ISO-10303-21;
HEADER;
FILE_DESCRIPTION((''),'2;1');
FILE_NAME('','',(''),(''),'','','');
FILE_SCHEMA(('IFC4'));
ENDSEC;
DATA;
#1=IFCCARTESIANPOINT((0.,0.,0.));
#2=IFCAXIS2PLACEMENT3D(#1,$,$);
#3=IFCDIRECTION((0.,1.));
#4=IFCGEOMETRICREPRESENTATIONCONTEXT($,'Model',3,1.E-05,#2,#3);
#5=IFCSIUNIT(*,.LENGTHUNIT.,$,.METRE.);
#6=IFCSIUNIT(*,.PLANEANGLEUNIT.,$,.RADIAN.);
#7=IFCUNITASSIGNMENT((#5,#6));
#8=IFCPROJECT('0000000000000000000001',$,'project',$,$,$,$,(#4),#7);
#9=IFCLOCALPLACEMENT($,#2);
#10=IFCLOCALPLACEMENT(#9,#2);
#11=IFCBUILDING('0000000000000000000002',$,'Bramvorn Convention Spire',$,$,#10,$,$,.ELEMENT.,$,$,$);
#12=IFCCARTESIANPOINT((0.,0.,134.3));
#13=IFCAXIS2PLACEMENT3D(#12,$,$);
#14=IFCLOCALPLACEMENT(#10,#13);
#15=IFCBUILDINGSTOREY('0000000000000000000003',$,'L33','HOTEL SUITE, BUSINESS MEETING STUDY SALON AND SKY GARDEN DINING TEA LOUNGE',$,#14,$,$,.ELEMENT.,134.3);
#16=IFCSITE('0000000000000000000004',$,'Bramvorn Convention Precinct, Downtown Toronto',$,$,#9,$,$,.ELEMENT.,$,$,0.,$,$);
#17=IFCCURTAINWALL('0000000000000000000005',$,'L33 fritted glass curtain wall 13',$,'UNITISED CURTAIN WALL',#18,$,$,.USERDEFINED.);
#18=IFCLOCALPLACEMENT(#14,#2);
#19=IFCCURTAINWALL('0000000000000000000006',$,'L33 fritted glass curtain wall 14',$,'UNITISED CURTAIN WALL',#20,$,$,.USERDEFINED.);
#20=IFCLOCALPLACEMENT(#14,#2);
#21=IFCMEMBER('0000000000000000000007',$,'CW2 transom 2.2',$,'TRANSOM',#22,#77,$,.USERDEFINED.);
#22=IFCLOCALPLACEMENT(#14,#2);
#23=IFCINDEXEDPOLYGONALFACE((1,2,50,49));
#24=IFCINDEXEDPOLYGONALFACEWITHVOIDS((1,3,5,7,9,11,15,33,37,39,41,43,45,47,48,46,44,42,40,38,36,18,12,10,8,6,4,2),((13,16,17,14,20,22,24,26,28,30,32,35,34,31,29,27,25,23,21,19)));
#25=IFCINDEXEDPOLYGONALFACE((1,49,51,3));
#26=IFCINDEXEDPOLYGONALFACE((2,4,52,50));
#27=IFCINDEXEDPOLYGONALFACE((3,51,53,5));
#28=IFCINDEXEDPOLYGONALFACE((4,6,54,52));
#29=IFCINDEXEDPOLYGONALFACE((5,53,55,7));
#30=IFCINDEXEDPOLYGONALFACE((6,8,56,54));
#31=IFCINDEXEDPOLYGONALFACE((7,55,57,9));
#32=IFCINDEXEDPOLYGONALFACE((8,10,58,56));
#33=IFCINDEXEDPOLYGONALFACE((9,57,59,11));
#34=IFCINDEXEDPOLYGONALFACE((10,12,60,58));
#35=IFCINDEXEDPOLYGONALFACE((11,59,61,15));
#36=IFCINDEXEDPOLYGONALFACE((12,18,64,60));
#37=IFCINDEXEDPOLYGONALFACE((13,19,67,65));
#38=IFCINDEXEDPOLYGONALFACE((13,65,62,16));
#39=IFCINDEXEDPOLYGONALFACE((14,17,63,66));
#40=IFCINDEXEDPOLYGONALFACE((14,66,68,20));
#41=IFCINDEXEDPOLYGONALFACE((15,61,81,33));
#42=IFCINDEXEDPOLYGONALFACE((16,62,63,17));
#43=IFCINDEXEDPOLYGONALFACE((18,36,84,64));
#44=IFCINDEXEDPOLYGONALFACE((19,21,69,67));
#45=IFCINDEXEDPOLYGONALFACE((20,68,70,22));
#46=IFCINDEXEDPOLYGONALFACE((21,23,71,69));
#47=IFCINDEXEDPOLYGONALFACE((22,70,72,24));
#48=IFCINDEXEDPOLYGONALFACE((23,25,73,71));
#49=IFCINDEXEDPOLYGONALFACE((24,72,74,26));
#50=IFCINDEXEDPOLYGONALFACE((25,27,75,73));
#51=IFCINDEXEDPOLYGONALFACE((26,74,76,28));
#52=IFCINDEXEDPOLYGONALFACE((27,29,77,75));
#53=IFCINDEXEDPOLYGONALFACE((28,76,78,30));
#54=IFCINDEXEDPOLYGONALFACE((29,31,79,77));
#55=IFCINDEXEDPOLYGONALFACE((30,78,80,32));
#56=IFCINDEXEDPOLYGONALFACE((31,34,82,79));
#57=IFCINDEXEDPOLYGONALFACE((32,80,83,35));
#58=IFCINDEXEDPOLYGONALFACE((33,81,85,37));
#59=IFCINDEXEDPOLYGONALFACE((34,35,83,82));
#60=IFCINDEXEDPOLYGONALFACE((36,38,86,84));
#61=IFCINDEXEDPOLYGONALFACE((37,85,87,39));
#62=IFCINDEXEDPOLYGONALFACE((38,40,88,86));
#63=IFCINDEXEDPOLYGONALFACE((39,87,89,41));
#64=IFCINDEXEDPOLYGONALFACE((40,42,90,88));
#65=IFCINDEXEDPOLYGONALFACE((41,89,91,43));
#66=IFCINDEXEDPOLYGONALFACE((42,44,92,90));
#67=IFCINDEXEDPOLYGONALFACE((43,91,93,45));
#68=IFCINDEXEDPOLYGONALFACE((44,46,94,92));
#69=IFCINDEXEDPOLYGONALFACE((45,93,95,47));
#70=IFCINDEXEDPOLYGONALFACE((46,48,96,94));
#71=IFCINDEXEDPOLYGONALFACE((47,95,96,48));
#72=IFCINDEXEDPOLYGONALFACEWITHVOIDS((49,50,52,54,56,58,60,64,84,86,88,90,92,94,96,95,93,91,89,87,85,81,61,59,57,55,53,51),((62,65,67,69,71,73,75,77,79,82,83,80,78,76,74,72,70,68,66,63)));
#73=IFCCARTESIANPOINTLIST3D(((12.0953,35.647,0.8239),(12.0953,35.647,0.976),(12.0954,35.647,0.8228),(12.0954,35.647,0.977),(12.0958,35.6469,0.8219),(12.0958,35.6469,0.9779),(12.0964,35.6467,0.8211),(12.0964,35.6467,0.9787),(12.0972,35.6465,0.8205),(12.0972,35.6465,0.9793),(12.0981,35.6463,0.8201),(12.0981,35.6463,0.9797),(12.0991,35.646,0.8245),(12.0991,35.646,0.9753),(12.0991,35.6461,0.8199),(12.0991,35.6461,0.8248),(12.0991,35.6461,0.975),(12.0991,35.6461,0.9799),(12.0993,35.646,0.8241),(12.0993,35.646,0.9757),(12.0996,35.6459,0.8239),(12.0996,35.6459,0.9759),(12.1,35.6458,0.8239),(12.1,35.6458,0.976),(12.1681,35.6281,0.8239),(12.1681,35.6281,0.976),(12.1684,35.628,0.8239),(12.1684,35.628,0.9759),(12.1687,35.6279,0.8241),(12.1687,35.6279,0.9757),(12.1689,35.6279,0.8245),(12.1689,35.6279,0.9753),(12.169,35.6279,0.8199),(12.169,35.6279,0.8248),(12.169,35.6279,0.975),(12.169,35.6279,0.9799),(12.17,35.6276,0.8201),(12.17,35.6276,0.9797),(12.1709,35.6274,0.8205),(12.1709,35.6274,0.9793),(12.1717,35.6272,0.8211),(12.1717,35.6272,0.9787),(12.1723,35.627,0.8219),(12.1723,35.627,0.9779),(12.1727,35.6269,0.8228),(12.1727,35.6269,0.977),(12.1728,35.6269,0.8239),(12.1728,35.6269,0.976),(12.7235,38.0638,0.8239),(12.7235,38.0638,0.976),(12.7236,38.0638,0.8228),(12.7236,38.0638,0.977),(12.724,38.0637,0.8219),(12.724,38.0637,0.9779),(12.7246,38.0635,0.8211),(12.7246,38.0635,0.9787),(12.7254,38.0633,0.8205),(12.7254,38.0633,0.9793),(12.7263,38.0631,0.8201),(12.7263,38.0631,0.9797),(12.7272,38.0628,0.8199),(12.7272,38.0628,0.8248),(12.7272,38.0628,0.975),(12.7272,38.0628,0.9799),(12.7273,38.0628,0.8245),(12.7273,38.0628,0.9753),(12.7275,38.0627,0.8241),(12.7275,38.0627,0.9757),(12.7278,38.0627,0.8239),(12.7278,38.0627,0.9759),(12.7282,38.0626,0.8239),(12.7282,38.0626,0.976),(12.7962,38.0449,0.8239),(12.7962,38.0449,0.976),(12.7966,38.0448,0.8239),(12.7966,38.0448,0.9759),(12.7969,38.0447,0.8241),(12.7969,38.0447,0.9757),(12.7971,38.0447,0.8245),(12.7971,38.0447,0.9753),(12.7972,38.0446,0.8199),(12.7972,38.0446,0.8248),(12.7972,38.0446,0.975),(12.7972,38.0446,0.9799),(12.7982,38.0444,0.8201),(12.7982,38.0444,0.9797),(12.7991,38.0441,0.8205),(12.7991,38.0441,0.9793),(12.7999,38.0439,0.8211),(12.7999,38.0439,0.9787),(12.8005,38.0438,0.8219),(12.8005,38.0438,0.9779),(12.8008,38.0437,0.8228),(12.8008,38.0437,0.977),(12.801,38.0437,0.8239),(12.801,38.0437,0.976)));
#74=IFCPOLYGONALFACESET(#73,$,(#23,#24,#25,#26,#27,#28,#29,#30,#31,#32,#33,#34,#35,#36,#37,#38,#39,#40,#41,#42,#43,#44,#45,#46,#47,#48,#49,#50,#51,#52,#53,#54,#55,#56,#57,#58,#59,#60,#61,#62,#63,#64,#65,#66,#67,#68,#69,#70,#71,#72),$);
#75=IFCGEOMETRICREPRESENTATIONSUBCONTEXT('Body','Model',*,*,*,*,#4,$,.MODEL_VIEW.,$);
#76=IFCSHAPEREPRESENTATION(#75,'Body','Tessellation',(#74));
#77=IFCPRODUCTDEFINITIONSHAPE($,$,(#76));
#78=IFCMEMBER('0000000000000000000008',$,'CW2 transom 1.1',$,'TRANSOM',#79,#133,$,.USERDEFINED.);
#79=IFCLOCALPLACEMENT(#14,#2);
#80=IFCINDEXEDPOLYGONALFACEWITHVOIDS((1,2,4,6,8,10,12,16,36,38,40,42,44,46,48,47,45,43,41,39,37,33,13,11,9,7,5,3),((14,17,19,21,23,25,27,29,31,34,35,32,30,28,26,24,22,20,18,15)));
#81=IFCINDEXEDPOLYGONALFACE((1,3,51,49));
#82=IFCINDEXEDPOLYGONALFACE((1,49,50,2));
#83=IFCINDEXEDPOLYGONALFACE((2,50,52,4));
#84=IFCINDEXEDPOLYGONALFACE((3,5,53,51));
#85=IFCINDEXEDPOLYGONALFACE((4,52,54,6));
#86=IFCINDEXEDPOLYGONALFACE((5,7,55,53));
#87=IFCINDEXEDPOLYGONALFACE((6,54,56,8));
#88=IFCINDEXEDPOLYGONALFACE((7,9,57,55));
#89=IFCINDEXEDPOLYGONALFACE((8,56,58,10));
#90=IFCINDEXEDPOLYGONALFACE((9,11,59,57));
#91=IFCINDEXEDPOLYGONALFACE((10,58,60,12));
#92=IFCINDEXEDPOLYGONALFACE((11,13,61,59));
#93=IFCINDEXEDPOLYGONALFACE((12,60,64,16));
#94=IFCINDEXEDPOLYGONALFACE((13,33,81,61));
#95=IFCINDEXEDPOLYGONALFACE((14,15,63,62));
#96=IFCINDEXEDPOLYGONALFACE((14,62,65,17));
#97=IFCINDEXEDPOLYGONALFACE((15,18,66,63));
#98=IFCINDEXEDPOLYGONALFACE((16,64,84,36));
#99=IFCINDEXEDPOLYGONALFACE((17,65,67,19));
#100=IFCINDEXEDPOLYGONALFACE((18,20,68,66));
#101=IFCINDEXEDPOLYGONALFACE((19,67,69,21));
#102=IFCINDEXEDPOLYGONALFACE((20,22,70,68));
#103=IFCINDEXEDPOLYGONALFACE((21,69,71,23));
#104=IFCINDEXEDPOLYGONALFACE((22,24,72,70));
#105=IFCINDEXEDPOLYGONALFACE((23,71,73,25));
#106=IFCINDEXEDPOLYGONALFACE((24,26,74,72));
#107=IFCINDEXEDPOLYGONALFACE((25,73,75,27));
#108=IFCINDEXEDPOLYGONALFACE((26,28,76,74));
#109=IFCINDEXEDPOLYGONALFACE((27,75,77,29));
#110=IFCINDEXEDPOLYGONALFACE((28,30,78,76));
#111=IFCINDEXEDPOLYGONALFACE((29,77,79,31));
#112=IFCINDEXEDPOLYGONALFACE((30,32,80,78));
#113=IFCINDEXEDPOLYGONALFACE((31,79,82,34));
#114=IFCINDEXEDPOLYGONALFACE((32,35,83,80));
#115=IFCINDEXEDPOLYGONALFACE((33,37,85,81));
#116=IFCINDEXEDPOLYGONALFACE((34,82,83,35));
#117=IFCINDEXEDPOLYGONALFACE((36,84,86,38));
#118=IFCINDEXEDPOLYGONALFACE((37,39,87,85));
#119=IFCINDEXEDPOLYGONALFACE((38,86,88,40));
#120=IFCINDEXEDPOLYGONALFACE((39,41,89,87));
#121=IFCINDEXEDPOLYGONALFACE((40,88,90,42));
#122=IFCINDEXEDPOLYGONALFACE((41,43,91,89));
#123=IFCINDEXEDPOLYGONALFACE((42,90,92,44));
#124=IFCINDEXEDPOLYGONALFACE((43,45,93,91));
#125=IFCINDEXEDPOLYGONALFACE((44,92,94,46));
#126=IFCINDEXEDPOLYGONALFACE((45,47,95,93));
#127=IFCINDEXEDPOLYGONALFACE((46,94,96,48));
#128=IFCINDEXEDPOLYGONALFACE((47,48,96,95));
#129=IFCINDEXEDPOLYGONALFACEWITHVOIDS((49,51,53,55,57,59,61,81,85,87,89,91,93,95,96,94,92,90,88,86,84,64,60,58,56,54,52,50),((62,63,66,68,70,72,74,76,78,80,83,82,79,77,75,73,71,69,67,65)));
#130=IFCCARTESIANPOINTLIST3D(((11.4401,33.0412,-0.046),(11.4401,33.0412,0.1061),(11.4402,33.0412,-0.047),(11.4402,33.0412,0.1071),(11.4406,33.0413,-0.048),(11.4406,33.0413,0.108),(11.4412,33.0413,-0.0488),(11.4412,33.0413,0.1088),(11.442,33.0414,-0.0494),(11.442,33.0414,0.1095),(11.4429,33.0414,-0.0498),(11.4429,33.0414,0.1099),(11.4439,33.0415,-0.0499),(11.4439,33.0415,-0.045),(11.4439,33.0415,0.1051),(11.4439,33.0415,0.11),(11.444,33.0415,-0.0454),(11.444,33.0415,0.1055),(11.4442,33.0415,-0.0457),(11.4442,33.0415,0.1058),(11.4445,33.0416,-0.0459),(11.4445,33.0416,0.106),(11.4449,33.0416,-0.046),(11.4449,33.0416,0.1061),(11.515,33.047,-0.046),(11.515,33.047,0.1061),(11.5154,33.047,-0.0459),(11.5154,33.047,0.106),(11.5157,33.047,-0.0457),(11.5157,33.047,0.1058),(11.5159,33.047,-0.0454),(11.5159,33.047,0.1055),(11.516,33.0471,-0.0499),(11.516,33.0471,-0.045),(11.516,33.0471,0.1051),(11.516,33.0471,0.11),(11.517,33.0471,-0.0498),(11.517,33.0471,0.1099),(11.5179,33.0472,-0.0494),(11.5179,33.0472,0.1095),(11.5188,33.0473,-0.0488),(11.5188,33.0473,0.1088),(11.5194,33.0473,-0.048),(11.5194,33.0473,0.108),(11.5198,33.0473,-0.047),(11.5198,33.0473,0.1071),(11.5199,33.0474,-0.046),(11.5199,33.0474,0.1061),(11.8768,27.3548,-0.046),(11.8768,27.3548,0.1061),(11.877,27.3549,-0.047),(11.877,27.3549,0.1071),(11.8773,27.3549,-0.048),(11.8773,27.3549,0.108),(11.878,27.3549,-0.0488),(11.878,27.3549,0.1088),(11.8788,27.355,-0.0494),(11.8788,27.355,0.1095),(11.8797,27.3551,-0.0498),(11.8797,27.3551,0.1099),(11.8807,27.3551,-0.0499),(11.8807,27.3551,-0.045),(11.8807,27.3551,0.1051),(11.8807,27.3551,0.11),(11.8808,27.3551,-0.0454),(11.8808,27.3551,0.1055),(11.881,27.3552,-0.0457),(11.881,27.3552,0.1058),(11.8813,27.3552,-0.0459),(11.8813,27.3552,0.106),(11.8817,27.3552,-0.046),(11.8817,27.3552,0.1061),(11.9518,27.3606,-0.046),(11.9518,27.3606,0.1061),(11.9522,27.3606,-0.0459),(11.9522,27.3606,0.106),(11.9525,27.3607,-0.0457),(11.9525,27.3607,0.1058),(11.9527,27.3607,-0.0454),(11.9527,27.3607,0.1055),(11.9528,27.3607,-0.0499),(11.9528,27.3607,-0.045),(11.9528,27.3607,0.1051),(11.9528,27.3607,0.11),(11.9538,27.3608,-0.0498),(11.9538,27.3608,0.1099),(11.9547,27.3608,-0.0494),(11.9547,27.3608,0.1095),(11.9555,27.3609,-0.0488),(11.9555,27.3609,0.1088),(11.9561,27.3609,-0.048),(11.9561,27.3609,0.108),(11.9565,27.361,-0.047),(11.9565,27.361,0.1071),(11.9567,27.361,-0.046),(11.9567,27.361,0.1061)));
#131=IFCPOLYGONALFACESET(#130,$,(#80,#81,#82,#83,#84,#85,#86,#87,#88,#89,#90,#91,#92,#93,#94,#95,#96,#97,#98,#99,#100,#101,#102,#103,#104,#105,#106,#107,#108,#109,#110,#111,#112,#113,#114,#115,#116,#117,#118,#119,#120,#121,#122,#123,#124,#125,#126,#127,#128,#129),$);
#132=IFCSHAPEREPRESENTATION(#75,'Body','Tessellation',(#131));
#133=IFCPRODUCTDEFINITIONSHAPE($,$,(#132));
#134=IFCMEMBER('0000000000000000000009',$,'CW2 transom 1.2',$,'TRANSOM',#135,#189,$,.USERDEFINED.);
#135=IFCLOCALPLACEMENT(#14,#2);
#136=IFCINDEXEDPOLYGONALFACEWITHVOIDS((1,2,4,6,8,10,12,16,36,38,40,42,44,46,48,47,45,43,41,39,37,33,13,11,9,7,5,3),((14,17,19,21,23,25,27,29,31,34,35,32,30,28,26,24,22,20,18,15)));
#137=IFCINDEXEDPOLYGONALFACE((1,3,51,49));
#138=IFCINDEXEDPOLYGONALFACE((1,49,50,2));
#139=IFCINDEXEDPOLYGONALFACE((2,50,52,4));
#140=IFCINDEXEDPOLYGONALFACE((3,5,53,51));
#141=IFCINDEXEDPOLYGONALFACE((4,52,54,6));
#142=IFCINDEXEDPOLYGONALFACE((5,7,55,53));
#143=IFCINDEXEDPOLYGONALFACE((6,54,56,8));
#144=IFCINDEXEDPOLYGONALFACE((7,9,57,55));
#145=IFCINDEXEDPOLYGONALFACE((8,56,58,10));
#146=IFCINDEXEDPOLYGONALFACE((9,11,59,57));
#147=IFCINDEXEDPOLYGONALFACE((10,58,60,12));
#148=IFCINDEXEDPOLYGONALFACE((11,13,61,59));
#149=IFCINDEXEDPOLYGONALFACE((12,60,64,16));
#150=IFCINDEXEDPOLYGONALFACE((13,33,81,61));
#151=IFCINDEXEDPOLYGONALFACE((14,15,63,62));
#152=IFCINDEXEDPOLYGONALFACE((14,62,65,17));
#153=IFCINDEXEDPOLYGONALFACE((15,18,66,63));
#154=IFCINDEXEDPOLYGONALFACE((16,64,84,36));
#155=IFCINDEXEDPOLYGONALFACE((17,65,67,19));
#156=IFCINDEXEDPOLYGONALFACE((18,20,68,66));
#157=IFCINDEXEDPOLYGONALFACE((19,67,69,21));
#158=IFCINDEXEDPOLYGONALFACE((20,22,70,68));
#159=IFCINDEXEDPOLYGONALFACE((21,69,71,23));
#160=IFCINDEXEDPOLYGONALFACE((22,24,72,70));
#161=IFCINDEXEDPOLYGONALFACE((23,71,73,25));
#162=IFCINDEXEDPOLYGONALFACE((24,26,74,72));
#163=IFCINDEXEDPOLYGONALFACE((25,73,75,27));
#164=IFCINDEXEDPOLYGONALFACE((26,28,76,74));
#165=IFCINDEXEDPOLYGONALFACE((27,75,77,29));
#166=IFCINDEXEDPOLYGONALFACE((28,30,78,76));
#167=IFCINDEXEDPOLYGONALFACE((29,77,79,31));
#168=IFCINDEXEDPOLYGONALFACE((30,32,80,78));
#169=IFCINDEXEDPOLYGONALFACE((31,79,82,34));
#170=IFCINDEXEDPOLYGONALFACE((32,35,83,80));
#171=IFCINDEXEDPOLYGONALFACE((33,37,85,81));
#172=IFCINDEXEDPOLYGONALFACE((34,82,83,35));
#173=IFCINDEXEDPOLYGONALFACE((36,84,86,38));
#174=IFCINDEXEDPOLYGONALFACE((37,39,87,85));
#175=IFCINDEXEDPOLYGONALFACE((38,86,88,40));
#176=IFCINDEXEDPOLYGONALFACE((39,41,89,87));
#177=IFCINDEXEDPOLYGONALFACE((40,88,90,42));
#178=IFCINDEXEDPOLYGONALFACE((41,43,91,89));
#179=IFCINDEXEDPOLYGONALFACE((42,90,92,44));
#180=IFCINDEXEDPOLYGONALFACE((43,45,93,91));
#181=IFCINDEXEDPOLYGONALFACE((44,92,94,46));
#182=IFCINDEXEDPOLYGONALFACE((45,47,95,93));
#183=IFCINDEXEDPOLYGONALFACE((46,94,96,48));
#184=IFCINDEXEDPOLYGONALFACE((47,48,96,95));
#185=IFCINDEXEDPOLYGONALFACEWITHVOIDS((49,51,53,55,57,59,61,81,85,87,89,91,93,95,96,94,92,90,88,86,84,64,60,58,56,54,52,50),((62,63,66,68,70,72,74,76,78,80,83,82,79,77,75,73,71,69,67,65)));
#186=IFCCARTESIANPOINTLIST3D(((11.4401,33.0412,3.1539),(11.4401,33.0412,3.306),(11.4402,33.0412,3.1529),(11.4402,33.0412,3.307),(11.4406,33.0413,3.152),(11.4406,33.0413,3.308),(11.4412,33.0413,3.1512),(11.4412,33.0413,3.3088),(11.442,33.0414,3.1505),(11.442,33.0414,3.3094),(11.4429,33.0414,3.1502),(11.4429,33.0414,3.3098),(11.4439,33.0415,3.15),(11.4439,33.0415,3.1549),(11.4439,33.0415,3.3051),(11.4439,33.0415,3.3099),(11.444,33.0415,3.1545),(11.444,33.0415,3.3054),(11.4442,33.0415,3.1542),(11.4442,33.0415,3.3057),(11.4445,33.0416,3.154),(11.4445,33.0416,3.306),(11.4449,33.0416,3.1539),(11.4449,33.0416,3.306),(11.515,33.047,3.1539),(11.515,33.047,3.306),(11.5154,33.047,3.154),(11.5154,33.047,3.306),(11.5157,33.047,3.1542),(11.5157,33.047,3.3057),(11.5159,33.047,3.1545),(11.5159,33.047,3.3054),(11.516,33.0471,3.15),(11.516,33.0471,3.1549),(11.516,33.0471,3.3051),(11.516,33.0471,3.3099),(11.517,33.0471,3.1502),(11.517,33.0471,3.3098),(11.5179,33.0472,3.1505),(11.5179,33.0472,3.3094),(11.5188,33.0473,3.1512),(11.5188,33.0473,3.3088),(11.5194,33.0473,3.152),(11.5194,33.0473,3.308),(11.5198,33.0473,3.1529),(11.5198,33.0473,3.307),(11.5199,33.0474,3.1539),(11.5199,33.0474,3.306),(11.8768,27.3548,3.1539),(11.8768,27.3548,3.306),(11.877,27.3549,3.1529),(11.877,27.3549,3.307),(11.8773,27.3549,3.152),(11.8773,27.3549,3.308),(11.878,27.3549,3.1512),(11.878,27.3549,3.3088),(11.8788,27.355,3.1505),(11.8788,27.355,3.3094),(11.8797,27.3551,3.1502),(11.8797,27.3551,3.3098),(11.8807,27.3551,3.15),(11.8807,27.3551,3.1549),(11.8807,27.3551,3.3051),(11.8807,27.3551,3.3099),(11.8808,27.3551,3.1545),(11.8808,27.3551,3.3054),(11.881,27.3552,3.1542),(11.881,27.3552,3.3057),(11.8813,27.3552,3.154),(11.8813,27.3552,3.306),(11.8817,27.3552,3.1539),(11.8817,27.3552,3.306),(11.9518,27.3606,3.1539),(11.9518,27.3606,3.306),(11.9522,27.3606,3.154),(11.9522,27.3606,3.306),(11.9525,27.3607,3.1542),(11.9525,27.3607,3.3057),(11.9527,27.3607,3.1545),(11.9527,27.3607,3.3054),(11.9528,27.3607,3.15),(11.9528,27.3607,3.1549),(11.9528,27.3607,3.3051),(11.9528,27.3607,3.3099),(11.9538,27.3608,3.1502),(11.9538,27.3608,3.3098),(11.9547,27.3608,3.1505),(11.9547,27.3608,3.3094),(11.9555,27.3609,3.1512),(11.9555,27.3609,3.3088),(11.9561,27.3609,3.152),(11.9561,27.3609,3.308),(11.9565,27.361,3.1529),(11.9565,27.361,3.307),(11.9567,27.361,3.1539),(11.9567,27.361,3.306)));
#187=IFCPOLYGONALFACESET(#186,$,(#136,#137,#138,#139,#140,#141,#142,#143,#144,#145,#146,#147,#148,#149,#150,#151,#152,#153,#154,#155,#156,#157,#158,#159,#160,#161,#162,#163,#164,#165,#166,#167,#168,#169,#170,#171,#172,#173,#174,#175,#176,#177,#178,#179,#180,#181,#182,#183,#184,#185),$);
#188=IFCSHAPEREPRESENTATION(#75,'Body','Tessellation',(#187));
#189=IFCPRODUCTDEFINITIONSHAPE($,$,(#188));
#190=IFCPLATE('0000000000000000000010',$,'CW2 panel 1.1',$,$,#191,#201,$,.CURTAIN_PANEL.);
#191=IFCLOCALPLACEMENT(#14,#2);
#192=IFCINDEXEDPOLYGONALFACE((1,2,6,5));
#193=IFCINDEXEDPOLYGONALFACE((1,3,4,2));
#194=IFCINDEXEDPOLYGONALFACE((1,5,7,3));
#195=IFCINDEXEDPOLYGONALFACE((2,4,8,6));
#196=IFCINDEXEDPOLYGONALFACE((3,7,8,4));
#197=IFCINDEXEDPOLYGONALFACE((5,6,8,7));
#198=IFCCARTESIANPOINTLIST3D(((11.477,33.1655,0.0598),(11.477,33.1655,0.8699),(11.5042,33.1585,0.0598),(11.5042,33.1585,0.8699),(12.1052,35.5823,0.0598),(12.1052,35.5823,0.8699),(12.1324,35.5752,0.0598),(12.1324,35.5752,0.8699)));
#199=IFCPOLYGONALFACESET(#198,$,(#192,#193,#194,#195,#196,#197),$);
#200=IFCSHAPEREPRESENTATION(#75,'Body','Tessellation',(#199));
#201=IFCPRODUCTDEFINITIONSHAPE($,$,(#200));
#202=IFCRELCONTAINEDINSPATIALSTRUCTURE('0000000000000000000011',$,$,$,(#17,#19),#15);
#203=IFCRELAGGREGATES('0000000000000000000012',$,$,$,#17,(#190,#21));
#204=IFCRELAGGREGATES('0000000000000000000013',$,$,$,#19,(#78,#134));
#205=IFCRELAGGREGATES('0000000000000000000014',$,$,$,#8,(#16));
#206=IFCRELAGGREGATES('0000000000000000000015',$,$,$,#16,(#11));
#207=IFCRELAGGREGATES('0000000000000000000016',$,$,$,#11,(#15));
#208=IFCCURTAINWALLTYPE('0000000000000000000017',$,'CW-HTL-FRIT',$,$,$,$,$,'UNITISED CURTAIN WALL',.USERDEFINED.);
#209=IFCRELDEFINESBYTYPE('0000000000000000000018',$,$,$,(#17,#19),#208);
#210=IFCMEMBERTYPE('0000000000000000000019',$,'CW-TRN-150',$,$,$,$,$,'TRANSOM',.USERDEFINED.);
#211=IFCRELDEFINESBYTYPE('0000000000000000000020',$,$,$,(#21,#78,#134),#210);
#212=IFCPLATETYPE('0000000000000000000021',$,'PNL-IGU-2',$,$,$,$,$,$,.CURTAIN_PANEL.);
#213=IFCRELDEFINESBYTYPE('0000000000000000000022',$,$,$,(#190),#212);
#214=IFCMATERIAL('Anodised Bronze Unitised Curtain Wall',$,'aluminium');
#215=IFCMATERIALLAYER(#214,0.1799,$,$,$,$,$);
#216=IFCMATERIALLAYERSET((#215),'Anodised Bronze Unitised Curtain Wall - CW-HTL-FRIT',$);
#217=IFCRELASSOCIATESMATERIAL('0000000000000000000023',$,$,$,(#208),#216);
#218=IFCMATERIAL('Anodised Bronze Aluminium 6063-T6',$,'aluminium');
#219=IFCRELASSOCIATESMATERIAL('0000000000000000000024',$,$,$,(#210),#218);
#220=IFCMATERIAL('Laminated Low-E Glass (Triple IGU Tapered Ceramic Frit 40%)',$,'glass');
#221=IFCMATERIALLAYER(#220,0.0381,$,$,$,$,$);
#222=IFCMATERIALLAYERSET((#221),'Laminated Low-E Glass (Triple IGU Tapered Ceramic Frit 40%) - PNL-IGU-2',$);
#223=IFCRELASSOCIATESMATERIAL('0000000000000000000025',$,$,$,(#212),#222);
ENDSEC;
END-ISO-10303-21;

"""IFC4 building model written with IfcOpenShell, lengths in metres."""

from ifc_helpers import new_model, si_unit, direction, frame, origin, origin_2d, place, context, subcontext, project, spatial, rectangle, hollow_rectangle, extrude, material, layer, layer_set, material_profile, profile_set, type_object, element, aggregate, save


model = new_model("IFC4")

# Units and contexts
model_context = context("Model", 3, precision=1e-05, world=origin(), true_north=direction((0.0, 1.0)))
body_context = subcontext(model_context, "Body", "Model", "MODEL_VIEW")
ifc_project = project(units=[si_unit("LENGTHUNIT", "METRE"), si_unit("PLANEANGLEUNIT", "RADIAN")], contexts=[model_context])

# Site, building, storey
site_placement = place(None, origin())
site = spatial("IfcSite", under=ifc_project, at=site_placement, Name="Bramvorn Convention Precinct, Downtown Toronto", CompositionType="ELEMENT", RefElevation=0.0)
building_placement = place(site_placement, origin())
building = spatial("IfcBuilding", under=site, at=building_placement, Name="Bramvorn Convention Spire", CompositionType="ELEMENT")
storey_placement = place(building_placement, frame((0.0, 0.0, 134.3)))
storey = spatial("IfcBuildingStorey", under=building, at=storey_placement, Name="L33", Description="HOTEL SUITE, BUSINESS MEETING STUDY SALON AND SKY GARDEN DINING TEA LOUNGE", CompositionType="ELEMENT", Elevation=134.3)

# Curtain walls
ifc_material_1 = material(Name="Anodised Bronze Unitised Curtain Wall", Category="aluminium")
ifc_layer_1 = layer(ifc_material_1, 0.1799)
ifc_layer_set_1 = layer_set([ifc_layer_1], Name="Anodised Bronze Unitised Curtain Wall - CW-HTL-FRIT")
curtain_wall_type = type_object("IfcCurtainWallType", Name="CW-HTL-FRIT", ElementType="UNITISED CURTAIN WALL", PredefinedType="USERDEFINED", material=ifc_layer_set_1)
curtain_wall_1_placement = place(storey_placement, origin())
curtain_wall_1 = element("IfcCurtainWall", 1, at=curtain_wall_1_placement, inside=storey, type_object=curtain_wall_type, Name="L33 fritted glass curtain wall 13", ObjectType="UNITISED CURTAIN WALL", PredefinedType="USERDEFINED")
ifc_material_2 = material(Name="Anodised Bronze Aluminium 6063-T6", Category="aluminium")
curtain_wall_2_placement = place(storey_placement, origin())
curtain_wall_2 = element("IfcCurtainWall", 2, at=curtain_wall_2_placement, inside=storey, type_object=curtain_wall_type, Name="L33 fritted glass curtain wall 14", ObjectType="UNITISED CURTAIN WALL", PredefinedType="USERDEFINED")

# Members
ifc_material_profile_1 = material_profile(ifc_material_2, hollow_rectangle(XDim=0.0801, YDim=0.1599, WallThickness=0.0039, InnerFilletRadius=0.001, OuterFilletRadius=0.0039, at=origin_2d()))
ifc_profile_set_1 = profile_set([ifc_material_profile_1], Name="Anodised Bronze Aluminium 6063-T6 - CWT80X160")
member_type_1 = type_object("IfcMemberType", Name="CW-TRN-150", ElementType="TRANSOM", PredefinedType="USERDEFINED", material=ifc_profile_set_1)
member_1_placement = place(storey_placement, frame((12.134, 35.637, 0.8999), z_axis=(0.251566, 0.96784, 0.0), x_axis=(-0.96784, 0.251566, 0.0)))
member_1 = element("IfcMember", 3, at=member_1_placement, type_object=member_type_1, Name="CW2 transom 2.2", ObjectType="TRANSOM", PredefinedType="USERDEFINED", context=body_context, shape_type="SweptSolid", body=[
    extrude(hollow_rectangle(XDim=0.0801, YDim=0.1599, WallThickness=0.0039, InnerFilletRadius=0.001, OuterFilletRadius=0.0039, at=origin_2d()), origin(), (0.0, 0.0, 1.0), 2.4971),
])
member_2_placement = place(storey_placement, frame((11.9167, 27.3579, 0.03), z_axis=(-0.076585, 0.997063, 0.0), x_axis=(-0.997063, -0.076585, 0.0)))
member_2 = element("IfcMember", 4, at=member_2_placement, type_object=member_type_1, Name="CW2 transom 1.1", ObjectType="TRANSOM", PredefinedType="USERDEFINED", context=body_context, shape_type="SweptSolid", body=[
    extrude(hollow_rectangle(XDim=0.0801, YDim=0.1599, WallThickness=0.0039, InnerFilletRadius=0.001, OuterFilletRadius=0.0039, at=origin_2d()), origin(), (0.0, 0.0, 1.0), 5.7031),
])
member_3_placement = place(storey_placement, frame((11.9167, 27.3579, 3.23), z_axis=(-0.076585, 0.997063, 0.0), x_axis=(-0.997063, -0.076585, 0.0)))
member_3 = element("IfcMember", 5, at=member_3_placement, type_object=member_type_1, Name="CW2 transom 1.2", ObjectType="TRANSOM", PredefinedType="USERDEFINED", context=body_context, shape_type="SweptSolid", body=[
    extrude(hollow_rectangle(XDim=0.0801, YDim=0.1599, WallThickness=0.0039, InnerFilletRadius=0.001, OuterFilletRadius=0.0039, at=origin_2d()), origin(), (0.0, 0.0, 1.0), 5.7031),
])

# Plate
ifc_material_3 = material(Name="Laminated Low-E Glass (Triple IGU Tapered Ceramic Frit 40%)", Category="glass")
ifc_layer_2 = layer(ifc_material_3, 0.0381)
ifc_layer_set_2 = layer_set([ifc_layer_2], Name="Laminated Low-E Glass (Triple IGU Tapered Ceramic Frit 40%) - PNL-IGU-2")
plate_type = type_object("IfcPlateType", Name="PNL-IGU-2", PredefinedType="CURTAIN_PANEL", material=ifc_layer_set_2)
plate_1_placement = place(storey_placement, frame((11.8047, 34.3704, 0.0598), z_axis=(0.0, 0.0, 1.0), x_axis=(0.251588, 0.967834, 0.0)))
plate_1 = element("IfcPlate", 6, at=plate_1_placement, type_object=plate_type, Name="CW2 panel 1.1", PredefinedType="CURTAIN_PANEL", context=body_context, shape_type="SweptSolid", body=[
    extrude(rectangle(XDim=2.4971, YDim=0.0281, at=origin_2d()), origin(), (0.0, 0.0, 1.0), 0.8101),
])
aggregate(curtain_wall_1, [plate_1, member_1])
aggregate(curtain_wall_2, [member_2, member_3])

save(model, "model.ifc")
